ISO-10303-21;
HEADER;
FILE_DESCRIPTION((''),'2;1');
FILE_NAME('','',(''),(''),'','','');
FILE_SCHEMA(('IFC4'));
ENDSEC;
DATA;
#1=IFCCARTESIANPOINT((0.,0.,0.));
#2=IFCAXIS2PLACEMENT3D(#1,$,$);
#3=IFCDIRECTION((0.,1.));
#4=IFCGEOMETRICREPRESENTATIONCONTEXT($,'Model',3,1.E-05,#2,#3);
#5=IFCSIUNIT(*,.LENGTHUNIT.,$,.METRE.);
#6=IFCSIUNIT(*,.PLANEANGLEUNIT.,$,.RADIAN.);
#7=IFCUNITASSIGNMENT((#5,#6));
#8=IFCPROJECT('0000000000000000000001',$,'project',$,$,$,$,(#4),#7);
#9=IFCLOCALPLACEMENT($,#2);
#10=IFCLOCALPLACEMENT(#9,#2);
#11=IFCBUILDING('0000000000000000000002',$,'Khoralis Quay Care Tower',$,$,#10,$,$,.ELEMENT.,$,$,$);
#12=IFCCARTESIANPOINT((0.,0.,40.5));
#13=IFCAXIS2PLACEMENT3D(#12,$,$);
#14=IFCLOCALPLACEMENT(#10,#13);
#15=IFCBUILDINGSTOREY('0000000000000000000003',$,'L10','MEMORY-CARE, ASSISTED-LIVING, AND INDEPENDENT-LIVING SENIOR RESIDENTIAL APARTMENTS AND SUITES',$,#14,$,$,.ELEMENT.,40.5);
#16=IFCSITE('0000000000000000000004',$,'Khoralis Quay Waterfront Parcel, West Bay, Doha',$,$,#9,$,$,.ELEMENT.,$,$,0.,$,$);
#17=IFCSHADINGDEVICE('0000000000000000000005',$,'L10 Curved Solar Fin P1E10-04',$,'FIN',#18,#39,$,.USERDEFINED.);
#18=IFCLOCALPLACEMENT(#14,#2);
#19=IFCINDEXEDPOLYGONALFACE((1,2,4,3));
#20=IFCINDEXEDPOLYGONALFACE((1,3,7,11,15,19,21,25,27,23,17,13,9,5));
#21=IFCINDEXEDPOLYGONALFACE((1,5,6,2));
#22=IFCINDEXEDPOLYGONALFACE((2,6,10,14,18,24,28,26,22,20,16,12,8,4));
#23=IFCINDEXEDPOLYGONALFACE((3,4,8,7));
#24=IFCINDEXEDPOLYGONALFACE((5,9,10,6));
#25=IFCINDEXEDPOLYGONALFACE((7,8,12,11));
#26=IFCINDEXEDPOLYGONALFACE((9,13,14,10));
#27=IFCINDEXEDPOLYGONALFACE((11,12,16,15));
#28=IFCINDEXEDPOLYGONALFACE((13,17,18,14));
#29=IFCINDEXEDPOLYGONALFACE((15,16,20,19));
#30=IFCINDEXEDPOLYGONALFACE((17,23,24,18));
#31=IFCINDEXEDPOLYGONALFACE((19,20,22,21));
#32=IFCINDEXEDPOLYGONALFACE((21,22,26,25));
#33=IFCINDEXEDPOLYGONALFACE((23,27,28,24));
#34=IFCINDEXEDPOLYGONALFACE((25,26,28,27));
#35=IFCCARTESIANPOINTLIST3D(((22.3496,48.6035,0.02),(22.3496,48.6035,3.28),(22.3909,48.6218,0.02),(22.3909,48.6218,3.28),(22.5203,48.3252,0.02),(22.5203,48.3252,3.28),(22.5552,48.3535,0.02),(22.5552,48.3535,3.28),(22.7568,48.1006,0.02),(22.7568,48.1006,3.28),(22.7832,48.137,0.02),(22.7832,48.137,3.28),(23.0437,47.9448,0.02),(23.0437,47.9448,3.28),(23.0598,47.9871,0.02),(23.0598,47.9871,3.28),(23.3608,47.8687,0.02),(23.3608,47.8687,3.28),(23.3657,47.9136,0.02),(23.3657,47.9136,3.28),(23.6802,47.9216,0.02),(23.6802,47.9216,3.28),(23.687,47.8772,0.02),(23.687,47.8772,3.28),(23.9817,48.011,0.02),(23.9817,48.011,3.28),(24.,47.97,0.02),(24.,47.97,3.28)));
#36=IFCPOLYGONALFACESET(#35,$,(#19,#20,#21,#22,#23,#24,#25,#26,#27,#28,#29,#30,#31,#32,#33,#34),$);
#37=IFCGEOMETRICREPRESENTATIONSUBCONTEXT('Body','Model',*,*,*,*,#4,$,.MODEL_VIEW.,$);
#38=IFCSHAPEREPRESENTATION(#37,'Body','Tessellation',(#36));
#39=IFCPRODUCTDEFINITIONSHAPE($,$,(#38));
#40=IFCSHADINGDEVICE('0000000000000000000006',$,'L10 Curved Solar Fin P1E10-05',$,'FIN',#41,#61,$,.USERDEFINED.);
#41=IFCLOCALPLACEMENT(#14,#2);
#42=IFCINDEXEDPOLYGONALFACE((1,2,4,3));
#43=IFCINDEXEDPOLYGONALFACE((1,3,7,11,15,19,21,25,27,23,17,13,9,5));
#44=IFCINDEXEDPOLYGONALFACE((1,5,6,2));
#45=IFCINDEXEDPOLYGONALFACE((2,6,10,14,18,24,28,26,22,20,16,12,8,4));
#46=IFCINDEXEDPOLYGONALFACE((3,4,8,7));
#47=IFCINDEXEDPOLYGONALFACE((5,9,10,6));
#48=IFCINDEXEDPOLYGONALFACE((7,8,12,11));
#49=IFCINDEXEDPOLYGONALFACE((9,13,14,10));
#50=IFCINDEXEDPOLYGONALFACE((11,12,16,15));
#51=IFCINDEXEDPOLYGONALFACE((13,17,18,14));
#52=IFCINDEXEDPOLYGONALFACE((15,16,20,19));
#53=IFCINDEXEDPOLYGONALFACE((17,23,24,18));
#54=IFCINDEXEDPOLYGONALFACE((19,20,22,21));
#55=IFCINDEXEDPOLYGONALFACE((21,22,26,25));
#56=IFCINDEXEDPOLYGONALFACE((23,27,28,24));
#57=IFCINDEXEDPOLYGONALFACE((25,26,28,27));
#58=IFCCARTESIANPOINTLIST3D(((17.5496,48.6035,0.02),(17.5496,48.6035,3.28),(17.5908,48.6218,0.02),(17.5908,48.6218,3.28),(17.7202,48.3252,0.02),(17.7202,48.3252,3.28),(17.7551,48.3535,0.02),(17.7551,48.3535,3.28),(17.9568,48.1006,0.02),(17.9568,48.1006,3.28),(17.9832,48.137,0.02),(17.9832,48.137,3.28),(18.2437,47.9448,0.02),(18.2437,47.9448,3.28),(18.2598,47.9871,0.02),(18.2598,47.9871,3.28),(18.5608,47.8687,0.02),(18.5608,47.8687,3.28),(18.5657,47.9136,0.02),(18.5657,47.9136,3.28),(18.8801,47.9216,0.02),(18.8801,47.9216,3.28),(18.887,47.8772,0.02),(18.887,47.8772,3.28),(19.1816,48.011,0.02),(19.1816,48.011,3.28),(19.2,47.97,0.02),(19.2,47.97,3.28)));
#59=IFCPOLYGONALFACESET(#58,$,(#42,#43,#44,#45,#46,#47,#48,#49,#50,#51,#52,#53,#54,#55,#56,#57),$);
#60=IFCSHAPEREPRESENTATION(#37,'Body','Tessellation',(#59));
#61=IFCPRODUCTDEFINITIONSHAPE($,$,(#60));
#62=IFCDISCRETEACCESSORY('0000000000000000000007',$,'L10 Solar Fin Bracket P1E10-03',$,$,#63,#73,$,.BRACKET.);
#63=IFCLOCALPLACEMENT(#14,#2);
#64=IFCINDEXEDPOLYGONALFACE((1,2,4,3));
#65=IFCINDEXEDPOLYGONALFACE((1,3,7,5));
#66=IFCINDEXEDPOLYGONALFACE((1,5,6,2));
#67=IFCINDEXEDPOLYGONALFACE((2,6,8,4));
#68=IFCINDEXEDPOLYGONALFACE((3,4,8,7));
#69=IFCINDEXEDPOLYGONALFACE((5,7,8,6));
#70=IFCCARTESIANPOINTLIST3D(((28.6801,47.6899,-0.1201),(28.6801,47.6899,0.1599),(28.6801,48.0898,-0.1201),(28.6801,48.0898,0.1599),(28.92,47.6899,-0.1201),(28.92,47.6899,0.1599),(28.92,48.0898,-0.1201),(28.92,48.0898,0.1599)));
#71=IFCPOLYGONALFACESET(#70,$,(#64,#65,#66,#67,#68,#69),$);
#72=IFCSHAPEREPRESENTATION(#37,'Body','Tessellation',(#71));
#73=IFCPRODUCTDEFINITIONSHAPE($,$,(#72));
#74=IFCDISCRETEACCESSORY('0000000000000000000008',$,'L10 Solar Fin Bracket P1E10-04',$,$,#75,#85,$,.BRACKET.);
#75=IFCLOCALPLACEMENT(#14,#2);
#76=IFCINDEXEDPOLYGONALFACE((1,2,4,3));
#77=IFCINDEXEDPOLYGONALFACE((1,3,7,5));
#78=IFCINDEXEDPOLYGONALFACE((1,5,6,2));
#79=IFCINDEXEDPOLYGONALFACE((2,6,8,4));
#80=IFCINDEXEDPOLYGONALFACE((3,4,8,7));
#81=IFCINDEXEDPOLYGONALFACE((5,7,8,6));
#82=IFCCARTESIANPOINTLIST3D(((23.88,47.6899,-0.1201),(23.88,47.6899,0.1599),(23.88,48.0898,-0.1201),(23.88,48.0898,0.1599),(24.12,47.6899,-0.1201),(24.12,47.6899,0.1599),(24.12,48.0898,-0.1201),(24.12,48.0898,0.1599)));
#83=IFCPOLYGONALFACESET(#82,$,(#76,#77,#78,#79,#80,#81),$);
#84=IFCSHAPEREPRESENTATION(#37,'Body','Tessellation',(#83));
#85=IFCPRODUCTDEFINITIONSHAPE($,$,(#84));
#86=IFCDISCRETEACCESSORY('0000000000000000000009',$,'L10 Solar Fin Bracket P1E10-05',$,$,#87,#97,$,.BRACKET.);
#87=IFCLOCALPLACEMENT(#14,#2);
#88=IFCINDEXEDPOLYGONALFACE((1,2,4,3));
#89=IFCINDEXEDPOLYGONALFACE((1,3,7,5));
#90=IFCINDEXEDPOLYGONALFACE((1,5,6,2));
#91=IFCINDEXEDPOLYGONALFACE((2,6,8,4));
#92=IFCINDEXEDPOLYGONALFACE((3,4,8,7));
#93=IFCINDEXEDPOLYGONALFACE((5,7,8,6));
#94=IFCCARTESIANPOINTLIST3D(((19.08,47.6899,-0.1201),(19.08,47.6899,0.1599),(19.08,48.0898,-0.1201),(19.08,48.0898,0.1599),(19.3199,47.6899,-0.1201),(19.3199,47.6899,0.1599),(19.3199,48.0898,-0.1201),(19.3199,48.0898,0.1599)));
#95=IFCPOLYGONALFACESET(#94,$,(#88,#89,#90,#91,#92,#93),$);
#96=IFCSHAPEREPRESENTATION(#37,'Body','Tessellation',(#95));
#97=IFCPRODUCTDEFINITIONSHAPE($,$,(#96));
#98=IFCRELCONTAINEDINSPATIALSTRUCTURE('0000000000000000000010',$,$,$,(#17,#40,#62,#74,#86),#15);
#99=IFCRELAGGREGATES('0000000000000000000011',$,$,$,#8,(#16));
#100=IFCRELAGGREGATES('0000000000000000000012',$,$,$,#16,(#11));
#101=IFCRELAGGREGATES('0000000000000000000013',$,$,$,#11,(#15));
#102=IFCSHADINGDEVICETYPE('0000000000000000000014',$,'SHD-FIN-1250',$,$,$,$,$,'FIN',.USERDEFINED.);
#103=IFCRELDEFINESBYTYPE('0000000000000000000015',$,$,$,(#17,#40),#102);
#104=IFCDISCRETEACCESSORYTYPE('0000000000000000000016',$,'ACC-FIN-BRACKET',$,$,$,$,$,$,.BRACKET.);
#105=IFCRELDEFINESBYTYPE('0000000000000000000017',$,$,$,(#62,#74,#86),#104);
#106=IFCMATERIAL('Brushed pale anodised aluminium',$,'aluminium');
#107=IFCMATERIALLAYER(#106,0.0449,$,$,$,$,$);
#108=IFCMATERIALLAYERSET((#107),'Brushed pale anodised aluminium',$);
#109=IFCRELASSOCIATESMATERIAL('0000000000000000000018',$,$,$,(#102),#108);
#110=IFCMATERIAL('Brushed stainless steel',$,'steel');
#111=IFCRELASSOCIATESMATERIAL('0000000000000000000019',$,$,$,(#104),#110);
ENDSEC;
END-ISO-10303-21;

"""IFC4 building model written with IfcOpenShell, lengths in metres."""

from ifc_helpers import new_model, si_unit, direction, frame, origin, origin_2d, place, context, subcontext, project, spatial, polyline, rectangle, outline, extrude, source, transform, mapped, material, layer, layer_set, type_object, element, save


model = new_model("IFC4")

# Units and contexts
model_context = context("Model", 3, precision=1e-05, world=origin(), true_north=direction((0.0, 1.0)))
body_context = subcontext(model_context, "Body", "Model", "MODEL_VIEW")
ifc_project = project(units=[si_unit("LENGTHUNIT", "METRE"), si_unit("PLANEANGLEUNIT", "RADIAN")], contexts=[model_context])

# Site, building, storey
site_placement = place(None, origin())
site = spatial("IfcSite", under=ifc_project, at=site_placement, Name="Khoralis Quay Waterfront Parcel, West Bay, Doha", CompositionType="ELEMENT", RefElevation=0.0)
building_placement = place(site_placement, origin())
building = spatial("IfcBuilding", under=site, at=building_placement, Name="Khoralis Quay Care Tower", CompositionType="ELEMENT")
storey_placement = place(building_placement, frame((0.0, 0.0, 40.5)))
storey = spatial("IfcBuildingStorey", under=building, at=storey_placement, Name="L10", Description="MEMORY-CARE, ASSISTED-LIVING, AND INDEPENDENT-LIVING SENIOR RESIDENTIAL APARTMENTS AND SUITES", CompositionType="ELEMENT", Elevation=40.5)

# Shading devices
ifc_material_1 = material(Name="Brushed pale anodised aluminium", Category="aluminium")
ifc_layer_1 = layer(ifc_material_1, 0.0449)
ifc_layer_set_1 = layer_set([ifc_layer_1], Name="Brushed pale anodised aluminium")
shading_device_type = type_object("IfcShadingDeviceType", Name="SHD-FIN-1250", ElementType="FIN", PredefinedType="USERDEFINED", material=ifc_layer_set_1)
shared_shape_1 = source(origin(), body_context, "Body", "SweptSolid", [
    extrude(outline(polyline([(0.0, 0.0), (-0.0928, 0.313), (-0.1013, 0.6392), (-0.0251, 0.9563), (0.1306, 1.2432), (0.3552, 1.4797), (0.6335, 1.6504), (0.6519, 1.6091), (0.3835, 1.4448), (0.167, 1.2168), (0.0171, 0.9402), (-0.0564, 0.6343), (-0.0483, 0.3198), (0.041, 0.0183), (0.0, 0.0)])), origin(), (0.0, 0.0, 1.0), 3.26),
])
for number, where, z_axis, x_axis, name in (
    (1, (24.0, 47.97, 0.02), (0.0, 0.0, 1.0), (0.0, 1.0, 0.0), "L10 Curved Solar Fin P1E10-04"),
    (2, (19.2, 47.97, 0.02), (0.0, 0.0, 1.0), (0.0, 1.0, 0.0), "L10 Curved Solar Fin P1E10-05"),
):
    element("IfcShadingDevice", number, at=place(storey_placement, frame(where, z_axis=z_axis, x_axis=x_axis)), inside=storey, type_object=shading_device_type, Name=name, ObjectType="FIN", PredefinedType="USERDEFINED", context=body_context, shape_type="MappedRepresentation", body=[
        mapped(shared_shape_1, transform((0.0, 0.0, 0.0), scale=1.0)),
    ])

# Discrete accessories
ifc_material_2 = material(Name="Brushed stainless steel", Category="steel")
discrete_accessory_type = type_object("IfcDiscreteAccessoryType", Name="ACC-FIN-BRACKET", PredefinedType="BRACKET", material=ifc_material_2)
shared_shape_2 = source(origin(), body_context, "Body", "SweptSolid", [
    extrude(rectangle(XDim=0.3999, YDim=0.24, at=origin_2d()), origin(), (0.0, 0.0, 1.0), 0.28),
])
for number, where, z_axis, x_axis, name in (
    (3, (28.8, 47.8899, -0.1201), (0.0, 0.0, 1.0), (0.0, 1.0, 0.0), "L10 Solar Fin Bracket P1E10-03"),
    (4, (24.0, 47.8899, -0.1201), (0.0, 0.0, 1.0), (0.0, 1.0, 0.0), "L10 Solar Fin Bracket P1E10-04"),
    (5, (19.2, 47.8899, -0.1201), (0.0, 0.0, 1.0), (0.0, 1.0, 0.0), "L10 Solar Fin Bracket P1E10-05"),
):
    element("IfcDiscreteAccessory", number, at=place(storey_placement, frame(where, z_axis=z_axis, x_axis=x_axis)), inside=storey, type_object=discrete_accessory_type, Name=name, PredefinedType="BRACKET", context=body_context, shape_type="MappedRepresentation", body=[
        mapped(shared_shape_2, transform((0.0, 0.0, 0.0), scale=1.0)),
    ])

save(model, "model.ifc")
